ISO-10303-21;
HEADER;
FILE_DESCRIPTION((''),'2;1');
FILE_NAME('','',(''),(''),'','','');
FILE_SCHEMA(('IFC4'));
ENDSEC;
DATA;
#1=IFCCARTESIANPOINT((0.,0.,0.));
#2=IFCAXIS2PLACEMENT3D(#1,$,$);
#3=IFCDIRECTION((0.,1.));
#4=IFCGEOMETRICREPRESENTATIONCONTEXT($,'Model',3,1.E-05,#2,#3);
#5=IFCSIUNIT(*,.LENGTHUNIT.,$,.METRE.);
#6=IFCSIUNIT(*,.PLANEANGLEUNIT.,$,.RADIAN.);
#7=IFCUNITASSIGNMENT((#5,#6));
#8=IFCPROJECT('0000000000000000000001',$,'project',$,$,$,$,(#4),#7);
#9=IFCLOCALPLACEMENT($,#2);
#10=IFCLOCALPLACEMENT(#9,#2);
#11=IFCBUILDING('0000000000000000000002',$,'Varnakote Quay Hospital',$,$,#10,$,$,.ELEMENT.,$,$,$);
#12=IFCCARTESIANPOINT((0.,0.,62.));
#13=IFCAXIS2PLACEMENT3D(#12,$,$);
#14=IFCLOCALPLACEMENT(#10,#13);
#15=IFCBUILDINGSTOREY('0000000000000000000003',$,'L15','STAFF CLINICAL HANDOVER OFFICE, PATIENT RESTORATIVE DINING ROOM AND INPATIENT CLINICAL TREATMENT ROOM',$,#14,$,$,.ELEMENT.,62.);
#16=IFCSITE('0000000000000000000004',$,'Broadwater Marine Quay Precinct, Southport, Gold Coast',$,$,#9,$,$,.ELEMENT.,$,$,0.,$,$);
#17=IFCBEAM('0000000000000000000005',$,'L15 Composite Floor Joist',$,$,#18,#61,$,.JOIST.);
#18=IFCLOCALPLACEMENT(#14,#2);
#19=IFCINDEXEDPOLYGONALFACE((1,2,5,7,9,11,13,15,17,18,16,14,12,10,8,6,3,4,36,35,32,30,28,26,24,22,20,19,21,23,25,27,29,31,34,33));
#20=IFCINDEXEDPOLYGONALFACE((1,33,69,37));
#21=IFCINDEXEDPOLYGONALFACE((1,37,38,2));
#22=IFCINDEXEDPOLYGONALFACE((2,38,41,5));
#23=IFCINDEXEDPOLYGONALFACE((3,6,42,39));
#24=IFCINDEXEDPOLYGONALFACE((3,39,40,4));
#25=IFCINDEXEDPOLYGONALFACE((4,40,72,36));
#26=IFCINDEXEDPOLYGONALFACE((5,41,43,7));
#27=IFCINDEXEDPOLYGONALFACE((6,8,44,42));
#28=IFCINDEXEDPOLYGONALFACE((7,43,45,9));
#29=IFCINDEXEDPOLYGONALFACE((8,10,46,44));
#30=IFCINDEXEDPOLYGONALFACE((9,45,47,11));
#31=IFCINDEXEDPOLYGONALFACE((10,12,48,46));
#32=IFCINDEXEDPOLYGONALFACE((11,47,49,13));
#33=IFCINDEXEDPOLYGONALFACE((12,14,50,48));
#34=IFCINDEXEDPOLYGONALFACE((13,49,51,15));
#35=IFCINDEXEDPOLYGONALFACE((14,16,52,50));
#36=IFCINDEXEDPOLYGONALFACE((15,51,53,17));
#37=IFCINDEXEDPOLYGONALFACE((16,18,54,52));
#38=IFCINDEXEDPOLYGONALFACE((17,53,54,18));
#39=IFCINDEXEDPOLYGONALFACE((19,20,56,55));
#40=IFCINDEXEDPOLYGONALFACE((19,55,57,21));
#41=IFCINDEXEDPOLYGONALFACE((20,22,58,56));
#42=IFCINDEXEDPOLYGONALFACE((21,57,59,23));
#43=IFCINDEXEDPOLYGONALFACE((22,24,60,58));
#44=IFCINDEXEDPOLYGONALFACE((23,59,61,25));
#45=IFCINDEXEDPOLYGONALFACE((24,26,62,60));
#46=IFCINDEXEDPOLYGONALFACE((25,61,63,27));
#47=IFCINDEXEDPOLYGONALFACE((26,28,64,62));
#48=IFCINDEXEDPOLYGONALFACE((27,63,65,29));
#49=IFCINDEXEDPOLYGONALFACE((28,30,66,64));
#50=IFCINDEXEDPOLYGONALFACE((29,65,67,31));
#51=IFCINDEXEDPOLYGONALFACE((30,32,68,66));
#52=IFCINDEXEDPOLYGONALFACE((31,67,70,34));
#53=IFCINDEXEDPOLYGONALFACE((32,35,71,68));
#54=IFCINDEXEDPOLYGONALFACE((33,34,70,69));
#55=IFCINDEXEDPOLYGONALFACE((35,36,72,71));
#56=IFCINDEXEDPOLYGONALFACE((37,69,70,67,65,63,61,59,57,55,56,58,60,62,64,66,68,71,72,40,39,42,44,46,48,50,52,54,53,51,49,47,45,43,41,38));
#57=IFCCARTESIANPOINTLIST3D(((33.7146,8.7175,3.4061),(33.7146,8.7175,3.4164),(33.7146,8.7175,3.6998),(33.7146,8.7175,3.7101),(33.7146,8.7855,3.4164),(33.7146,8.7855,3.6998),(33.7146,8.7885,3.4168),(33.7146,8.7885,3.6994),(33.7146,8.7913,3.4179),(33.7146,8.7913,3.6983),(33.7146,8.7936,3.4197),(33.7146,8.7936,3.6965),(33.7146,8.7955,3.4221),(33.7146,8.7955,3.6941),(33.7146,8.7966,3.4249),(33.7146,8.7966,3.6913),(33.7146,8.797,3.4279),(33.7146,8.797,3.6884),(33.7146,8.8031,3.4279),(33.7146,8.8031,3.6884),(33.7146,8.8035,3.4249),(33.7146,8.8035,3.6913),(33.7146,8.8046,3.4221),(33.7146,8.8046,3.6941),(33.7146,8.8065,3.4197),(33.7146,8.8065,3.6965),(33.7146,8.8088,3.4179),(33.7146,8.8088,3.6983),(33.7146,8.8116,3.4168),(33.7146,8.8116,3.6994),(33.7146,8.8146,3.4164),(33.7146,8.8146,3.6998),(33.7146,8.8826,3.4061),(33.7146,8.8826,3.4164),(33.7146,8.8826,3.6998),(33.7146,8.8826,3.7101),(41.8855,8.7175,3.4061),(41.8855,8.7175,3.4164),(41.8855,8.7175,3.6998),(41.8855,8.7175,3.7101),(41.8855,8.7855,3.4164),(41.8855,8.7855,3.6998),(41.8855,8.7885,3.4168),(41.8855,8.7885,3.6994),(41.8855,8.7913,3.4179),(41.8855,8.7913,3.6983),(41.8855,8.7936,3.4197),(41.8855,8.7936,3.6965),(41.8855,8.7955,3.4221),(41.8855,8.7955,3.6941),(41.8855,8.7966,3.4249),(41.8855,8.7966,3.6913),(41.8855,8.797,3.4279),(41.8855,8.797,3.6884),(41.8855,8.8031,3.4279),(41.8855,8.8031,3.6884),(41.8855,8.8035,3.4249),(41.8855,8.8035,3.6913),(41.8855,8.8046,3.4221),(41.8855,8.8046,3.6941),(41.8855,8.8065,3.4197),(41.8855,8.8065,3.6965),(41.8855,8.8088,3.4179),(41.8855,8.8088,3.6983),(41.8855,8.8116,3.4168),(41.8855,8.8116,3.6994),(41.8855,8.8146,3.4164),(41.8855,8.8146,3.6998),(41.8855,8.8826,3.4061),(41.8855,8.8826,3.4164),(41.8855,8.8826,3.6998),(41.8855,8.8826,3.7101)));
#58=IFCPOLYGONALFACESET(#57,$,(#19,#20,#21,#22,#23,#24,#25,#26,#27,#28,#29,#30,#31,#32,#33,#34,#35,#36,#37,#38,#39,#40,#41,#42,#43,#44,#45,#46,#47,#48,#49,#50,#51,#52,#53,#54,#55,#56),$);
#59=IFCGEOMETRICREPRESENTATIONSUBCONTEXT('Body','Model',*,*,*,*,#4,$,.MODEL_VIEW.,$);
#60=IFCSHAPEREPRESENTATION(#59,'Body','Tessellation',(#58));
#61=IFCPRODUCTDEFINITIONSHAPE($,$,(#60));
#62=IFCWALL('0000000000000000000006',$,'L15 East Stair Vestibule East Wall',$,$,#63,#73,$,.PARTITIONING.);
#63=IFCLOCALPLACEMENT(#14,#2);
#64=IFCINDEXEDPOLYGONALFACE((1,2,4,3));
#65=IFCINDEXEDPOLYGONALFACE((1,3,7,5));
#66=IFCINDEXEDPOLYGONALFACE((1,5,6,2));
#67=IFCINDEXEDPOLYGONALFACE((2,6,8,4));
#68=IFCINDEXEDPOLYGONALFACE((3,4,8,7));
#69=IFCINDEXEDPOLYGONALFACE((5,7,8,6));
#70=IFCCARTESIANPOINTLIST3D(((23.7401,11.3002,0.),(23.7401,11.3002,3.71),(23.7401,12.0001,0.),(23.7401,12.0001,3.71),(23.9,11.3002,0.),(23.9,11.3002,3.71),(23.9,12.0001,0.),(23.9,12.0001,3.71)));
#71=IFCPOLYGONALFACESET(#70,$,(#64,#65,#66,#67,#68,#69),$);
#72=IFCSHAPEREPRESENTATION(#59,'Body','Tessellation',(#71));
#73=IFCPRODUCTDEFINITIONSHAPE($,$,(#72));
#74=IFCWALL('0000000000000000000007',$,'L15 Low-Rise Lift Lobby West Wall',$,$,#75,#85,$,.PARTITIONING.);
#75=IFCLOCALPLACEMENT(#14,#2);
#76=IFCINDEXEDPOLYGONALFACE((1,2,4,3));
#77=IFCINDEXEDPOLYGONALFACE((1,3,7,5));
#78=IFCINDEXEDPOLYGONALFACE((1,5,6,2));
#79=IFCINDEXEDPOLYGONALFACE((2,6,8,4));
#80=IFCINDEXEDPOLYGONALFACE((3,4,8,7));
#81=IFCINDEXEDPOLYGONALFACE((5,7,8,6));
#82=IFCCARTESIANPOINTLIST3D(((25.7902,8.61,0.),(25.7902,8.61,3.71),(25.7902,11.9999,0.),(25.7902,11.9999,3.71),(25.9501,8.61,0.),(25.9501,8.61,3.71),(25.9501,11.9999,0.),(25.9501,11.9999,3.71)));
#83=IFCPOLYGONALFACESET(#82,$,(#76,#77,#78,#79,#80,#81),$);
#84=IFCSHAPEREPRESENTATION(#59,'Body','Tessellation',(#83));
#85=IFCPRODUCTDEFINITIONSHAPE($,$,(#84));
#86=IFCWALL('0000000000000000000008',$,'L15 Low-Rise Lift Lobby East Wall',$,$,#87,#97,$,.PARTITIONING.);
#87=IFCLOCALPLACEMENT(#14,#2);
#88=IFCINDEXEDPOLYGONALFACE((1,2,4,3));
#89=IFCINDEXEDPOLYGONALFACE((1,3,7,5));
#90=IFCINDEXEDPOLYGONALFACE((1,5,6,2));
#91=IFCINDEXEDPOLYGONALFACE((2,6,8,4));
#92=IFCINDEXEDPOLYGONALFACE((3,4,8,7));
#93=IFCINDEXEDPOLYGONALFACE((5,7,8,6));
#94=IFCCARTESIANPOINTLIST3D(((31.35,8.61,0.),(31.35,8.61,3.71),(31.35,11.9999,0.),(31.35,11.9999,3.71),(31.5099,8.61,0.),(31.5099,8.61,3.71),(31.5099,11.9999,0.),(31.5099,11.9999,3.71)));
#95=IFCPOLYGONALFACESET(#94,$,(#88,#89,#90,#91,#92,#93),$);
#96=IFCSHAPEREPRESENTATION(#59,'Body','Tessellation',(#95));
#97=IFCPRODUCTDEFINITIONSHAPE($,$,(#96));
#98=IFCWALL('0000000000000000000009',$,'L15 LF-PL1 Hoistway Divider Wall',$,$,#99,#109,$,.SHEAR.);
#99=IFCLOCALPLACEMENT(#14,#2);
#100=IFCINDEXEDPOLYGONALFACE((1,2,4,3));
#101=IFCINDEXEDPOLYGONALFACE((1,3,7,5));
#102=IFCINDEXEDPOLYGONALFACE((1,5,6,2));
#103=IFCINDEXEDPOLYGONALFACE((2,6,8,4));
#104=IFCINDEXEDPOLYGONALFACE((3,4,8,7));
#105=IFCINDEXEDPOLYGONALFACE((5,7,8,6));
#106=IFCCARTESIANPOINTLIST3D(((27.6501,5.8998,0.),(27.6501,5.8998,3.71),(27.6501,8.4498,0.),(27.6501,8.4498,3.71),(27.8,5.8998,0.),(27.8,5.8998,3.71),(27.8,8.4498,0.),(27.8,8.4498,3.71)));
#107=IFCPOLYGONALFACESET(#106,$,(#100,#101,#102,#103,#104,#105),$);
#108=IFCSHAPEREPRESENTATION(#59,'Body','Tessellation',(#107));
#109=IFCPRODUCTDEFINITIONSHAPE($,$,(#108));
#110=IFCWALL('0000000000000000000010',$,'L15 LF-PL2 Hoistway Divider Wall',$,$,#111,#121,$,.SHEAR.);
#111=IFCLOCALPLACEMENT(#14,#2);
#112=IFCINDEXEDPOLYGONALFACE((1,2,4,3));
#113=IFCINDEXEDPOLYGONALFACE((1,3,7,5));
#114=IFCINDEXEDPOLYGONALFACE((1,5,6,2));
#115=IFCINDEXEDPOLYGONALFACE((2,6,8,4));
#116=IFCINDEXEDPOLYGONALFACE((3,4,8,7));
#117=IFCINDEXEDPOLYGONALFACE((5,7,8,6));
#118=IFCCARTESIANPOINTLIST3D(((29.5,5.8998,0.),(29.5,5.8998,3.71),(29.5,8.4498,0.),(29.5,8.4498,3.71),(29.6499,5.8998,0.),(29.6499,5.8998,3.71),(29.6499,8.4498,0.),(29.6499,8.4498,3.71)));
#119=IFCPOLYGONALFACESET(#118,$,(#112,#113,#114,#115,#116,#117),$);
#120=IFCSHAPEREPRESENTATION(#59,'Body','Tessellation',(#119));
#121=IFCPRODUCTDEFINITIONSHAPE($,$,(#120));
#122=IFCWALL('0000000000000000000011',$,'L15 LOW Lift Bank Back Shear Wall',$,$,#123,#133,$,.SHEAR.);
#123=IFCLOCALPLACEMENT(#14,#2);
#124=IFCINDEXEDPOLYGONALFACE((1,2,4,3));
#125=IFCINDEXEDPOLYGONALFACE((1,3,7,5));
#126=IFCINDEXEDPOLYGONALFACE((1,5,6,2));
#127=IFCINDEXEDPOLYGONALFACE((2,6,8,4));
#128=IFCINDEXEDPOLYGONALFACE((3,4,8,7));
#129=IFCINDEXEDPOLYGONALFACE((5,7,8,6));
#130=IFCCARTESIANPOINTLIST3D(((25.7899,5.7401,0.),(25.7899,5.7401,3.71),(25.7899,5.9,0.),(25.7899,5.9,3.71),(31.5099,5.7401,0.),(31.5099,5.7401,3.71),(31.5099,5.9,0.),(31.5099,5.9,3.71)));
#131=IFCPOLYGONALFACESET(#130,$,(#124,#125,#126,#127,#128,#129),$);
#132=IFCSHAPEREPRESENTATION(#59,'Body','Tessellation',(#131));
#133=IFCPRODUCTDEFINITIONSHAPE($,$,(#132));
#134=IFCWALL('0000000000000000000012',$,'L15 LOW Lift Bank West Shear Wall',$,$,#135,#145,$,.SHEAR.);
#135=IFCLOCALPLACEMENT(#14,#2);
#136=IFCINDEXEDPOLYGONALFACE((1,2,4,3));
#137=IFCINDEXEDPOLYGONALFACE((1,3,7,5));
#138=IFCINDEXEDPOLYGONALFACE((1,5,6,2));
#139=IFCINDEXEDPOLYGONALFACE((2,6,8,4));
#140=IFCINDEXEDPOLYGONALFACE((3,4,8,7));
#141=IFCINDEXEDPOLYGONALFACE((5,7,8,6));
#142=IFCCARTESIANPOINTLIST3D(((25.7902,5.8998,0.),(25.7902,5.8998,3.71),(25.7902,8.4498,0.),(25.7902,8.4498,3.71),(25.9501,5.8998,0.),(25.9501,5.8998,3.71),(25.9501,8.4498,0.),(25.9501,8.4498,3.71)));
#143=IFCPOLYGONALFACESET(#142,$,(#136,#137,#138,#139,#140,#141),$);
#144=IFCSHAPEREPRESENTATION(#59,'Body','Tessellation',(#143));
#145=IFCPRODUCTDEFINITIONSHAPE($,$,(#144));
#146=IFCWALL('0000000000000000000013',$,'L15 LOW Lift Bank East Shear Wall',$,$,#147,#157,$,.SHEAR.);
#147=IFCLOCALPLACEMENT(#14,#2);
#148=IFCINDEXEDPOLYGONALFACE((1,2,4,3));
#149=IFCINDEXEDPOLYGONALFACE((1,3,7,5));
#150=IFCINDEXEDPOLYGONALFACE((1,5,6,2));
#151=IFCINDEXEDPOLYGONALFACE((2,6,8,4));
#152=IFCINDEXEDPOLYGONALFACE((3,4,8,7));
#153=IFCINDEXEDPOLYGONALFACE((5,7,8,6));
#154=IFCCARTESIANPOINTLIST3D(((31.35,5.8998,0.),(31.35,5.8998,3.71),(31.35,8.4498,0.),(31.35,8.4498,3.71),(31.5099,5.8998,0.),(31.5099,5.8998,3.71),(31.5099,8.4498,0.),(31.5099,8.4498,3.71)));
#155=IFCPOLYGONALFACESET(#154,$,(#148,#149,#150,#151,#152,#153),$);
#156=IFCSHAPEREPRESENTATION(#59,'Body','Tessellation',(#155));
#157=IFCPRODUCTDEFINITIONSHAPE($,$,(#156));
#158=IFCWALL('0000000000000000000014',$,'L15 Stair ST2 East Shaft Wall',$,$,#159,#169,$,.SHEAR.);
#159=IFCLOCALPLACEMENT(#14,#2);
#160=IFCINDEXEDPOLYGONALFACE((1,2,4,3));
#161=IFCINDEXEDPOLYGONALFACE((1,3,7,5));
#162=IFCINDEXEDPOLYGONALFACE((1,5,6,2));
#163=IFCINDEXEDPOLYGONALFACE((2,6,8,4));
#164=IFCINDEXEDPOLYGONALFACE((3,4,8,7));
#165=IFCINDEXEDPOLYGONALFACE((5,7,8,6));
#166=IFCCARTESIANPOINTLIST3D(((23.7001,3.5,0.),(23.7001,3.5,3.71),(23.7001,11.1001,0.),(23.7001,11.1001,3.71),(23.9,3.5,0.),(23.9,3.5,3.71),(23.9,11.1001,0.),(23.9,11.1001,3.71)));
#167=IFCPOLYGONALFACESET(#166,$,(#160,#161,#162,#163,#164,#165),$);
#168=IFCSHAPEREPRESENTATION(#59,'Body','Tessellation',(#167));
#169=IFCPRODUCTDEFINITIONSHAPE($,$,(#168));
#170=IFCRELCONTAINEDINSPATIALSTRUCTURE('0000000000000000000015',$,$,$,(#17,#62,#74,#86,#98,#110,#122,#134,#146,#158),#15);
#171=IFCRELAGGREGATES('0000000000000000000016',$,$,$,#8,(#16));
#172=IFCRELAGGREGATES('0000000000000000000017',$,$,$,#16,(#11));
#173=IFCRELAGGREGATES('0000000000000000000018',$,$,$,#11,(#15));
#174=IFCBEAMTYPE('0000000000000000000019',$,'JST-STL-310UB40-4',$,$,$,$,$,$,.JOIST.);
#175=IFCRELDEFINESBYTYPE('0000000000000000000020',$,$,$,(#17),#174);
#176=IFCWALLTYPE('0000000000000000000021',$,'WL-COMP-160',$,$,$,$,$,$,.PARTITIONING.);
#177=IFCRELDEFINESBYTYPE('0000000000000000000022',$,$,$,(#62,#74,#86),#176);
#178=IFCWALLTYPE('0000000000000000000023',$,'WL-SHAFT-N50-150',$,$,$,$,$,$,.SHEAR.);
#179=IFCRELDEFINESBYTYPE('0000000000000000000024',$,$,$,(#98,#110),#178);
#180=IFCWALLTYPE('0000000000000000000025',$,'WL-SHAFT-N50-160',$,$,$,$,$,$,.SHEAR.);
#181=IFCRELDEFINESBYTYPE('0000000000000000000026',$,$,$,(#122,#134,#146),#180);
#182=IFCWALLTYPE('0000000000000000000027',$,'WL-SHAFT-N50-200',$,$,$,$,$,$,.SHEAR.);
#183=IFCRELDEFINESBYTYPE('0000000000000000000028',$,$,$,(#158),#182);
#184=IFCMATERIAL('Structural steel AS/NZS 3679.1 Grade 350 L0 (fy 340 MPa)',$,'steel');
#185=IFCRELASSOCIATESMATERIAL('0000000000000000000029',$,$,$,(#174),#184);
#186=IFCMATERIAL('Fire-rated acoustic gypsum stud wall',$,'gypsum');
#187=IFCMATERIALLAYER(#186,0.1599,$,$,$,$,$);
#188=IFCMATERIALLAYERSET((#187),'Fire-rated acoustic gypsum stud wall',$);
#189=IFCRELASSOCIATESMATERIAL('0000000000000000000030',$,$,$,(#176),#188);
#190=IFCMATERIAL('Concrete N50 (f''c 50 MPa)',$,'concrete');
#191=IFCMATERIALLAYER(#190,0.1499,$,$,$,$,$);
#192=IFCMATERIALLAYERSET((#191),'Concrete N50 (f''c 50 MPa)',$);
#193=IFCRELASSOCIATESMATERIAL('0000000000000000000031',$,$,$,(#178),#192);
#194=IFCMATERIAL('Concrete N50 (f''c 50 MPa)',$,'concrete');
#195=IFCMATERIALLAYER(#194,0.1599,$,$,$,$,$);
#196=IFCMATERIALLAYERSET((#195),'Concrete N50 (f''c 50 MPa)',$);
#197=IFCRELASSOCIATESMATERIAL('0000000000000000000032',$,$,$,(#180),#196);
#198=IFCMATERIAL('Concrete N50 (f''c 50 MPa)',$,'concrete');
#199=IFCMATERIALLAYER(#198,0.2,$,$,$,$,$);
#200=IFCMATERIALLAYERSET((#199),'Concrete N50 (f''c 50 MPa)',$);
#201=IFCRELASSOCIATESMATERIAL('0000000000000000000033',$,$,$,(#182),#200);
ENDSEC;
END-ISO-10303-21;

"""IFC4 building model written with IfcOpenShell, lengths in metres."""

from ifc_helpers import new_model, si_unit, direction, frame, frame_2d, origin, origin_2d, place, context, subcontext, project, spatial, rectangle, i_section, extrude, material, layer, layer_set, material_profile, profile_set, type_object, element, save


model = new_model("IFC4")

# Units and contexts
model_context = context("Model", 3, precision=1e-05, world=origin(), true_north=direction((0.0, 1.0)))
body_context = subcontext(model_context, "Body", "Model", "MODEL_VIEW")
ifc_project = project(units=[si_unit("LENGTHUNIT", "METRE"), si_unit("PLANEANGLEUNIT", "RADIAN")], contexts=[model_context])

# Site, building, storey
site_placement = place(None, origin())
site = spatial("IfcSite", under=ifc_project, at=site_placement, Name="Broadwater Marine Quay Precinct, Southport, Gold Coast", CompositionType="ELEMENT", RefElevation=0.0)
building_placement = place(site_placement, origin())
building = spatial("IfcBuilding", under=site, at=building_placement, Name="Varnakote Quay Hospital", CompositionType="ELEMENT")
storey_placement = place(building_placement, frame((0.0, 0.0, 62.0)))
storey = spatial("IfcBuildingStorey", under=building, at=storey_placement, Name="L15", Description="STAFF CLINICAL HANDOVER OFFICE, PATIENT RESTORATIVE DINING ROOM AND INPATIENT CLINICAL TREATMENT ROOM", CompositionType="ELEMENT", Elevation=62.0)

# Beam
ifc_material_1 = material(Name="Structural steel AS/NZS 3679.1 Grade 350 L0 (fy 340 MPa)", Category="steel")
ifc_material_profile_1 = material_profile(ifc_material_1, i_section(OverallWidth=0.165, OverallDepth=0.304, WebThickness=0.0061, FlangeThickness=0.0103, FilletRadius=0.0115, at=origin_2d()), Name="310UB40.4")
ifc_profile_set_1 = profile_set([ifc_material_profile_1], Name="Structural steel AS/NZS 3679.1 Grade 350 L0 (fy 340 MPa)")
beam_type_1 = type_object("IfcBeamType", Name="JST-STL-310UB40-4", PredefinedType="JOIST", material=ifc_profile_set_1)
beam_1_placement = place(storey_placement, frame((33.7146, 8.8, 3.5581), z_axis=(1.0, 0.0, 0.0), x_axis=(0.0, 1.0, 0.0)))
element("IfcBeam", 1, at=beam_1_placement, inside=storey, type_object=beam_type_1, Name="L15 Composite Floor Joist", PredefinedType="JOIST", context=body_context, shape_type="SweptSolid", body=[
    extrude(i_section(OverallWidth=0.165, OverallDepth=0.304, WebThickness=0.0061, FlangeThickness=0.0103, FilletRadius=0.0115, at=origin_2d()), origin(), (0.0, 0.0, 1.0), 8.1709),
])

# Walls
ifc_material_2 = material(Name="Fire-rated acoustic gypsum stud wall", Category="gypsum")
ifc_layer_1 = layer(ifc_material_2, 0.1599)
ifc_layer_set_1 = layer_set([ifc_layer_1], Name="Fire-rated acoustic gypsum stud wall")
wall_type_1 = type_object("IfcWallType", Name="WL-COMP-160", PredefinedType="PARTITIONING", material=ifc_layer_set_1)
wall_1_placement = place(storey_placement, frame((23.8201, 11.3, 0.0), z_axis=(0.0, 0.0, 1.0), x_axis=(0.0, 1.0, 0.0)))
element("IfcWall", 2, at=wall_1_placement, inside=storey, type_object=wall_type_1, Name="L15 East Stair Vestibule East Wall", PredefinedType="PARTITIONING", context=body_context, shape_type="SweptSolid", body=[
    extrude(rectangle(XDim=0.7, YDim=0.1599, at=frame_2d((0.3501, 0.0))), origin(), (0.0, 0.0, 1.0), 3.71),
])
for number, where, z_axis, x_axis, name in (
    (3, (25.8701, 8.6101, 0.0), (0.0, 0.0, 1.0), (0.0, 1.0, 0.0), "L15 Low-Rise Lift Lobby West Wall"),
    (4, (31.4299, 8.6101, 0.0), (0.0, 0.0, 1.0), (0.0, 1.0, 0.0), "L15 Low-Rise Lift Lobby East Wall"),
):
    element("IfcWall", number, at=place(storey_placement, frame(where, z_axis=z_axis, x_axis=x_axis)), inside=storey, type_object=wall_type_1, Name=name, PredefinedType="PARTITIONING", context=body_context, shape_type="SweptSolid", body=[
        extrude(rectangle(XDim=3.3899, YDim=0.1599, at=frame_2d((1.6948, 0.0))), origin(), (0.0, 0.0, 1.0), 3.71),
    ])
ifc_material_3 = material(Name="Concrete N50 (f'c 50 MPa)", Category="concrete")
ifc_layer_2 = layer(ifc_material_3, 0.1499)
ifc_layer_set_2 = layer_set([ifc_layer_2], Name="Concrete N50 (f'c 50 MPa)")
wall_type_2 = type_object("IfcWallType", Name="WL-SHAFT-N50-150", PredefinedType="SHEAR", material=ifc_layer_set_2)
for number, where, z_axis, x_axis, name in (
    (5, (27.7251, 5.8999, 0.0), (0.0, 0.0, 1.0), (0.0, 1.0, 0.0), "L15 LF-PL1 Hoistway Divider Wall"),
    (6, (29.575, 5.8999, 0.0), (0.0, 0.0, 1.0), (0.0, 1.0, 0.0), "L15 LF-PL2 Hoistway Divider Wall"),
):
    element("IfcWall", number, at=place(storey_placement, frame(where, z_axis=z_axis, x_axis=x_axis)), inside=storey, type_object=wall_type_2, Name=name, PredefinedType="SHEAR", context=body_context, shape_type="SweptSolid", body=[
        extrude(rectangle(XDim=2.55, YDim=0.1499, at=frame_2d((1.2749, 0.0))), origin(), (0.0, 0.0, 1.0), 3.71),
    ])
ifc_material_4 = material(Name="Concrete N50 (f'c 50 MPa)", Category="concrete")
ifc_layer_3 = layer(ifc_material_4, 0.1599)
ifc_layer_set_3 = layer_set([ifc_layer_3], Name="Concrete N50 (f'c 50 MPa)")
wall_type_3 = type_object("IfcWallType", Name="WL-SHAFT-N50-160", PredefinedType="SHEAR", material=ifc_layer_set_3)
wall_2_placement = place(storey_placement, frame((25.79, 5.8201, 0.0), z_axis=(0.0, 0.0, 1.0), x_axis=(1.0, 0.0, 0.0)))
element("IfcWall", 7, at=wall_2_placement, inside=storey, type_object=wall_type_3, Name="L15 LOW Lift Bank Back Shear Wall", PredefinedType="SHEAR", context=body_context, shape_type="SweptSolid", body=[
    extrude(rectangle(XDim=5.72, YDim=0.1599, at=frame_2d((2.8599, 0.0))), origin(), (0.0, 0.0, 1.0), 3.71),
])
for number, where, z_axis, x_axis, name in (
    (8, (25.8701, 5.8999, 0.0), (0.0, 0.0, 1.0), (0.0, 1.0, 0.0), "L15 LOW Lift Bank West Shear Wall"),
    (9, (31.4299, 5.8999, 0.0), (0.0, 0.0, 1.0), (0.0, 1.0, 0.0), "L15 LOW Lift Bank East Shear Wall"),
):
    element("IfcWall", number, at=place(storey_placement, frame(where, z_axis=z_axis, x_axis=x_axis)), inside=storey, type_object=wall_type_3, Name=name, PredefinedType="SHEAR", context=body_context, shape_type="SweptSolid", body=[
        extrude(rectangle(XDim=2.55, YDim=0.1599, at=frame_2d((1.2749, 0.0))), origin(), (0.0, 0.0, 1.0), 3.71),
    ])

# Wall
ifc_material_5 = material(Name="Concrete N50 (f'c 50 MPa)", Category="concrete")
ifc_layer_4 = layer(ifc_material_5, 0.2)
ifc_layer_set_4 = layer_set([ifc_layer_4], Name="Concrete N50 (f'c 50 MPa)")
wall_type_4 = type_object("IfcWallType", Name="WL-SHAFT-N50-200", PredefinedType="SHEAR", material=ifc_layer_set_4)
wall_3_placement = place(storey_placement, frame((23.8, 3.5, 0.0), z_axis=(0.0, 0.0, 1.0), x_axis=(0.0, 1.0, 0.0)))
element("IfcWall", 10, at=wall_3_placement, inside=storey, type_object=wall_type_4, Name="L15 Stair ST2 East Shaft Wall", PredefinedType="SHEAR", context=body_context, shape_type="SweptSolid", body=[
    extrude(rectangle(XDim=7.6001, YDim=0.2, at=frame_2d((3.8, 0.0))), origin(), (0.0, 0.0, 1.0), 3.71),
])

save(model, "model.ifc")
